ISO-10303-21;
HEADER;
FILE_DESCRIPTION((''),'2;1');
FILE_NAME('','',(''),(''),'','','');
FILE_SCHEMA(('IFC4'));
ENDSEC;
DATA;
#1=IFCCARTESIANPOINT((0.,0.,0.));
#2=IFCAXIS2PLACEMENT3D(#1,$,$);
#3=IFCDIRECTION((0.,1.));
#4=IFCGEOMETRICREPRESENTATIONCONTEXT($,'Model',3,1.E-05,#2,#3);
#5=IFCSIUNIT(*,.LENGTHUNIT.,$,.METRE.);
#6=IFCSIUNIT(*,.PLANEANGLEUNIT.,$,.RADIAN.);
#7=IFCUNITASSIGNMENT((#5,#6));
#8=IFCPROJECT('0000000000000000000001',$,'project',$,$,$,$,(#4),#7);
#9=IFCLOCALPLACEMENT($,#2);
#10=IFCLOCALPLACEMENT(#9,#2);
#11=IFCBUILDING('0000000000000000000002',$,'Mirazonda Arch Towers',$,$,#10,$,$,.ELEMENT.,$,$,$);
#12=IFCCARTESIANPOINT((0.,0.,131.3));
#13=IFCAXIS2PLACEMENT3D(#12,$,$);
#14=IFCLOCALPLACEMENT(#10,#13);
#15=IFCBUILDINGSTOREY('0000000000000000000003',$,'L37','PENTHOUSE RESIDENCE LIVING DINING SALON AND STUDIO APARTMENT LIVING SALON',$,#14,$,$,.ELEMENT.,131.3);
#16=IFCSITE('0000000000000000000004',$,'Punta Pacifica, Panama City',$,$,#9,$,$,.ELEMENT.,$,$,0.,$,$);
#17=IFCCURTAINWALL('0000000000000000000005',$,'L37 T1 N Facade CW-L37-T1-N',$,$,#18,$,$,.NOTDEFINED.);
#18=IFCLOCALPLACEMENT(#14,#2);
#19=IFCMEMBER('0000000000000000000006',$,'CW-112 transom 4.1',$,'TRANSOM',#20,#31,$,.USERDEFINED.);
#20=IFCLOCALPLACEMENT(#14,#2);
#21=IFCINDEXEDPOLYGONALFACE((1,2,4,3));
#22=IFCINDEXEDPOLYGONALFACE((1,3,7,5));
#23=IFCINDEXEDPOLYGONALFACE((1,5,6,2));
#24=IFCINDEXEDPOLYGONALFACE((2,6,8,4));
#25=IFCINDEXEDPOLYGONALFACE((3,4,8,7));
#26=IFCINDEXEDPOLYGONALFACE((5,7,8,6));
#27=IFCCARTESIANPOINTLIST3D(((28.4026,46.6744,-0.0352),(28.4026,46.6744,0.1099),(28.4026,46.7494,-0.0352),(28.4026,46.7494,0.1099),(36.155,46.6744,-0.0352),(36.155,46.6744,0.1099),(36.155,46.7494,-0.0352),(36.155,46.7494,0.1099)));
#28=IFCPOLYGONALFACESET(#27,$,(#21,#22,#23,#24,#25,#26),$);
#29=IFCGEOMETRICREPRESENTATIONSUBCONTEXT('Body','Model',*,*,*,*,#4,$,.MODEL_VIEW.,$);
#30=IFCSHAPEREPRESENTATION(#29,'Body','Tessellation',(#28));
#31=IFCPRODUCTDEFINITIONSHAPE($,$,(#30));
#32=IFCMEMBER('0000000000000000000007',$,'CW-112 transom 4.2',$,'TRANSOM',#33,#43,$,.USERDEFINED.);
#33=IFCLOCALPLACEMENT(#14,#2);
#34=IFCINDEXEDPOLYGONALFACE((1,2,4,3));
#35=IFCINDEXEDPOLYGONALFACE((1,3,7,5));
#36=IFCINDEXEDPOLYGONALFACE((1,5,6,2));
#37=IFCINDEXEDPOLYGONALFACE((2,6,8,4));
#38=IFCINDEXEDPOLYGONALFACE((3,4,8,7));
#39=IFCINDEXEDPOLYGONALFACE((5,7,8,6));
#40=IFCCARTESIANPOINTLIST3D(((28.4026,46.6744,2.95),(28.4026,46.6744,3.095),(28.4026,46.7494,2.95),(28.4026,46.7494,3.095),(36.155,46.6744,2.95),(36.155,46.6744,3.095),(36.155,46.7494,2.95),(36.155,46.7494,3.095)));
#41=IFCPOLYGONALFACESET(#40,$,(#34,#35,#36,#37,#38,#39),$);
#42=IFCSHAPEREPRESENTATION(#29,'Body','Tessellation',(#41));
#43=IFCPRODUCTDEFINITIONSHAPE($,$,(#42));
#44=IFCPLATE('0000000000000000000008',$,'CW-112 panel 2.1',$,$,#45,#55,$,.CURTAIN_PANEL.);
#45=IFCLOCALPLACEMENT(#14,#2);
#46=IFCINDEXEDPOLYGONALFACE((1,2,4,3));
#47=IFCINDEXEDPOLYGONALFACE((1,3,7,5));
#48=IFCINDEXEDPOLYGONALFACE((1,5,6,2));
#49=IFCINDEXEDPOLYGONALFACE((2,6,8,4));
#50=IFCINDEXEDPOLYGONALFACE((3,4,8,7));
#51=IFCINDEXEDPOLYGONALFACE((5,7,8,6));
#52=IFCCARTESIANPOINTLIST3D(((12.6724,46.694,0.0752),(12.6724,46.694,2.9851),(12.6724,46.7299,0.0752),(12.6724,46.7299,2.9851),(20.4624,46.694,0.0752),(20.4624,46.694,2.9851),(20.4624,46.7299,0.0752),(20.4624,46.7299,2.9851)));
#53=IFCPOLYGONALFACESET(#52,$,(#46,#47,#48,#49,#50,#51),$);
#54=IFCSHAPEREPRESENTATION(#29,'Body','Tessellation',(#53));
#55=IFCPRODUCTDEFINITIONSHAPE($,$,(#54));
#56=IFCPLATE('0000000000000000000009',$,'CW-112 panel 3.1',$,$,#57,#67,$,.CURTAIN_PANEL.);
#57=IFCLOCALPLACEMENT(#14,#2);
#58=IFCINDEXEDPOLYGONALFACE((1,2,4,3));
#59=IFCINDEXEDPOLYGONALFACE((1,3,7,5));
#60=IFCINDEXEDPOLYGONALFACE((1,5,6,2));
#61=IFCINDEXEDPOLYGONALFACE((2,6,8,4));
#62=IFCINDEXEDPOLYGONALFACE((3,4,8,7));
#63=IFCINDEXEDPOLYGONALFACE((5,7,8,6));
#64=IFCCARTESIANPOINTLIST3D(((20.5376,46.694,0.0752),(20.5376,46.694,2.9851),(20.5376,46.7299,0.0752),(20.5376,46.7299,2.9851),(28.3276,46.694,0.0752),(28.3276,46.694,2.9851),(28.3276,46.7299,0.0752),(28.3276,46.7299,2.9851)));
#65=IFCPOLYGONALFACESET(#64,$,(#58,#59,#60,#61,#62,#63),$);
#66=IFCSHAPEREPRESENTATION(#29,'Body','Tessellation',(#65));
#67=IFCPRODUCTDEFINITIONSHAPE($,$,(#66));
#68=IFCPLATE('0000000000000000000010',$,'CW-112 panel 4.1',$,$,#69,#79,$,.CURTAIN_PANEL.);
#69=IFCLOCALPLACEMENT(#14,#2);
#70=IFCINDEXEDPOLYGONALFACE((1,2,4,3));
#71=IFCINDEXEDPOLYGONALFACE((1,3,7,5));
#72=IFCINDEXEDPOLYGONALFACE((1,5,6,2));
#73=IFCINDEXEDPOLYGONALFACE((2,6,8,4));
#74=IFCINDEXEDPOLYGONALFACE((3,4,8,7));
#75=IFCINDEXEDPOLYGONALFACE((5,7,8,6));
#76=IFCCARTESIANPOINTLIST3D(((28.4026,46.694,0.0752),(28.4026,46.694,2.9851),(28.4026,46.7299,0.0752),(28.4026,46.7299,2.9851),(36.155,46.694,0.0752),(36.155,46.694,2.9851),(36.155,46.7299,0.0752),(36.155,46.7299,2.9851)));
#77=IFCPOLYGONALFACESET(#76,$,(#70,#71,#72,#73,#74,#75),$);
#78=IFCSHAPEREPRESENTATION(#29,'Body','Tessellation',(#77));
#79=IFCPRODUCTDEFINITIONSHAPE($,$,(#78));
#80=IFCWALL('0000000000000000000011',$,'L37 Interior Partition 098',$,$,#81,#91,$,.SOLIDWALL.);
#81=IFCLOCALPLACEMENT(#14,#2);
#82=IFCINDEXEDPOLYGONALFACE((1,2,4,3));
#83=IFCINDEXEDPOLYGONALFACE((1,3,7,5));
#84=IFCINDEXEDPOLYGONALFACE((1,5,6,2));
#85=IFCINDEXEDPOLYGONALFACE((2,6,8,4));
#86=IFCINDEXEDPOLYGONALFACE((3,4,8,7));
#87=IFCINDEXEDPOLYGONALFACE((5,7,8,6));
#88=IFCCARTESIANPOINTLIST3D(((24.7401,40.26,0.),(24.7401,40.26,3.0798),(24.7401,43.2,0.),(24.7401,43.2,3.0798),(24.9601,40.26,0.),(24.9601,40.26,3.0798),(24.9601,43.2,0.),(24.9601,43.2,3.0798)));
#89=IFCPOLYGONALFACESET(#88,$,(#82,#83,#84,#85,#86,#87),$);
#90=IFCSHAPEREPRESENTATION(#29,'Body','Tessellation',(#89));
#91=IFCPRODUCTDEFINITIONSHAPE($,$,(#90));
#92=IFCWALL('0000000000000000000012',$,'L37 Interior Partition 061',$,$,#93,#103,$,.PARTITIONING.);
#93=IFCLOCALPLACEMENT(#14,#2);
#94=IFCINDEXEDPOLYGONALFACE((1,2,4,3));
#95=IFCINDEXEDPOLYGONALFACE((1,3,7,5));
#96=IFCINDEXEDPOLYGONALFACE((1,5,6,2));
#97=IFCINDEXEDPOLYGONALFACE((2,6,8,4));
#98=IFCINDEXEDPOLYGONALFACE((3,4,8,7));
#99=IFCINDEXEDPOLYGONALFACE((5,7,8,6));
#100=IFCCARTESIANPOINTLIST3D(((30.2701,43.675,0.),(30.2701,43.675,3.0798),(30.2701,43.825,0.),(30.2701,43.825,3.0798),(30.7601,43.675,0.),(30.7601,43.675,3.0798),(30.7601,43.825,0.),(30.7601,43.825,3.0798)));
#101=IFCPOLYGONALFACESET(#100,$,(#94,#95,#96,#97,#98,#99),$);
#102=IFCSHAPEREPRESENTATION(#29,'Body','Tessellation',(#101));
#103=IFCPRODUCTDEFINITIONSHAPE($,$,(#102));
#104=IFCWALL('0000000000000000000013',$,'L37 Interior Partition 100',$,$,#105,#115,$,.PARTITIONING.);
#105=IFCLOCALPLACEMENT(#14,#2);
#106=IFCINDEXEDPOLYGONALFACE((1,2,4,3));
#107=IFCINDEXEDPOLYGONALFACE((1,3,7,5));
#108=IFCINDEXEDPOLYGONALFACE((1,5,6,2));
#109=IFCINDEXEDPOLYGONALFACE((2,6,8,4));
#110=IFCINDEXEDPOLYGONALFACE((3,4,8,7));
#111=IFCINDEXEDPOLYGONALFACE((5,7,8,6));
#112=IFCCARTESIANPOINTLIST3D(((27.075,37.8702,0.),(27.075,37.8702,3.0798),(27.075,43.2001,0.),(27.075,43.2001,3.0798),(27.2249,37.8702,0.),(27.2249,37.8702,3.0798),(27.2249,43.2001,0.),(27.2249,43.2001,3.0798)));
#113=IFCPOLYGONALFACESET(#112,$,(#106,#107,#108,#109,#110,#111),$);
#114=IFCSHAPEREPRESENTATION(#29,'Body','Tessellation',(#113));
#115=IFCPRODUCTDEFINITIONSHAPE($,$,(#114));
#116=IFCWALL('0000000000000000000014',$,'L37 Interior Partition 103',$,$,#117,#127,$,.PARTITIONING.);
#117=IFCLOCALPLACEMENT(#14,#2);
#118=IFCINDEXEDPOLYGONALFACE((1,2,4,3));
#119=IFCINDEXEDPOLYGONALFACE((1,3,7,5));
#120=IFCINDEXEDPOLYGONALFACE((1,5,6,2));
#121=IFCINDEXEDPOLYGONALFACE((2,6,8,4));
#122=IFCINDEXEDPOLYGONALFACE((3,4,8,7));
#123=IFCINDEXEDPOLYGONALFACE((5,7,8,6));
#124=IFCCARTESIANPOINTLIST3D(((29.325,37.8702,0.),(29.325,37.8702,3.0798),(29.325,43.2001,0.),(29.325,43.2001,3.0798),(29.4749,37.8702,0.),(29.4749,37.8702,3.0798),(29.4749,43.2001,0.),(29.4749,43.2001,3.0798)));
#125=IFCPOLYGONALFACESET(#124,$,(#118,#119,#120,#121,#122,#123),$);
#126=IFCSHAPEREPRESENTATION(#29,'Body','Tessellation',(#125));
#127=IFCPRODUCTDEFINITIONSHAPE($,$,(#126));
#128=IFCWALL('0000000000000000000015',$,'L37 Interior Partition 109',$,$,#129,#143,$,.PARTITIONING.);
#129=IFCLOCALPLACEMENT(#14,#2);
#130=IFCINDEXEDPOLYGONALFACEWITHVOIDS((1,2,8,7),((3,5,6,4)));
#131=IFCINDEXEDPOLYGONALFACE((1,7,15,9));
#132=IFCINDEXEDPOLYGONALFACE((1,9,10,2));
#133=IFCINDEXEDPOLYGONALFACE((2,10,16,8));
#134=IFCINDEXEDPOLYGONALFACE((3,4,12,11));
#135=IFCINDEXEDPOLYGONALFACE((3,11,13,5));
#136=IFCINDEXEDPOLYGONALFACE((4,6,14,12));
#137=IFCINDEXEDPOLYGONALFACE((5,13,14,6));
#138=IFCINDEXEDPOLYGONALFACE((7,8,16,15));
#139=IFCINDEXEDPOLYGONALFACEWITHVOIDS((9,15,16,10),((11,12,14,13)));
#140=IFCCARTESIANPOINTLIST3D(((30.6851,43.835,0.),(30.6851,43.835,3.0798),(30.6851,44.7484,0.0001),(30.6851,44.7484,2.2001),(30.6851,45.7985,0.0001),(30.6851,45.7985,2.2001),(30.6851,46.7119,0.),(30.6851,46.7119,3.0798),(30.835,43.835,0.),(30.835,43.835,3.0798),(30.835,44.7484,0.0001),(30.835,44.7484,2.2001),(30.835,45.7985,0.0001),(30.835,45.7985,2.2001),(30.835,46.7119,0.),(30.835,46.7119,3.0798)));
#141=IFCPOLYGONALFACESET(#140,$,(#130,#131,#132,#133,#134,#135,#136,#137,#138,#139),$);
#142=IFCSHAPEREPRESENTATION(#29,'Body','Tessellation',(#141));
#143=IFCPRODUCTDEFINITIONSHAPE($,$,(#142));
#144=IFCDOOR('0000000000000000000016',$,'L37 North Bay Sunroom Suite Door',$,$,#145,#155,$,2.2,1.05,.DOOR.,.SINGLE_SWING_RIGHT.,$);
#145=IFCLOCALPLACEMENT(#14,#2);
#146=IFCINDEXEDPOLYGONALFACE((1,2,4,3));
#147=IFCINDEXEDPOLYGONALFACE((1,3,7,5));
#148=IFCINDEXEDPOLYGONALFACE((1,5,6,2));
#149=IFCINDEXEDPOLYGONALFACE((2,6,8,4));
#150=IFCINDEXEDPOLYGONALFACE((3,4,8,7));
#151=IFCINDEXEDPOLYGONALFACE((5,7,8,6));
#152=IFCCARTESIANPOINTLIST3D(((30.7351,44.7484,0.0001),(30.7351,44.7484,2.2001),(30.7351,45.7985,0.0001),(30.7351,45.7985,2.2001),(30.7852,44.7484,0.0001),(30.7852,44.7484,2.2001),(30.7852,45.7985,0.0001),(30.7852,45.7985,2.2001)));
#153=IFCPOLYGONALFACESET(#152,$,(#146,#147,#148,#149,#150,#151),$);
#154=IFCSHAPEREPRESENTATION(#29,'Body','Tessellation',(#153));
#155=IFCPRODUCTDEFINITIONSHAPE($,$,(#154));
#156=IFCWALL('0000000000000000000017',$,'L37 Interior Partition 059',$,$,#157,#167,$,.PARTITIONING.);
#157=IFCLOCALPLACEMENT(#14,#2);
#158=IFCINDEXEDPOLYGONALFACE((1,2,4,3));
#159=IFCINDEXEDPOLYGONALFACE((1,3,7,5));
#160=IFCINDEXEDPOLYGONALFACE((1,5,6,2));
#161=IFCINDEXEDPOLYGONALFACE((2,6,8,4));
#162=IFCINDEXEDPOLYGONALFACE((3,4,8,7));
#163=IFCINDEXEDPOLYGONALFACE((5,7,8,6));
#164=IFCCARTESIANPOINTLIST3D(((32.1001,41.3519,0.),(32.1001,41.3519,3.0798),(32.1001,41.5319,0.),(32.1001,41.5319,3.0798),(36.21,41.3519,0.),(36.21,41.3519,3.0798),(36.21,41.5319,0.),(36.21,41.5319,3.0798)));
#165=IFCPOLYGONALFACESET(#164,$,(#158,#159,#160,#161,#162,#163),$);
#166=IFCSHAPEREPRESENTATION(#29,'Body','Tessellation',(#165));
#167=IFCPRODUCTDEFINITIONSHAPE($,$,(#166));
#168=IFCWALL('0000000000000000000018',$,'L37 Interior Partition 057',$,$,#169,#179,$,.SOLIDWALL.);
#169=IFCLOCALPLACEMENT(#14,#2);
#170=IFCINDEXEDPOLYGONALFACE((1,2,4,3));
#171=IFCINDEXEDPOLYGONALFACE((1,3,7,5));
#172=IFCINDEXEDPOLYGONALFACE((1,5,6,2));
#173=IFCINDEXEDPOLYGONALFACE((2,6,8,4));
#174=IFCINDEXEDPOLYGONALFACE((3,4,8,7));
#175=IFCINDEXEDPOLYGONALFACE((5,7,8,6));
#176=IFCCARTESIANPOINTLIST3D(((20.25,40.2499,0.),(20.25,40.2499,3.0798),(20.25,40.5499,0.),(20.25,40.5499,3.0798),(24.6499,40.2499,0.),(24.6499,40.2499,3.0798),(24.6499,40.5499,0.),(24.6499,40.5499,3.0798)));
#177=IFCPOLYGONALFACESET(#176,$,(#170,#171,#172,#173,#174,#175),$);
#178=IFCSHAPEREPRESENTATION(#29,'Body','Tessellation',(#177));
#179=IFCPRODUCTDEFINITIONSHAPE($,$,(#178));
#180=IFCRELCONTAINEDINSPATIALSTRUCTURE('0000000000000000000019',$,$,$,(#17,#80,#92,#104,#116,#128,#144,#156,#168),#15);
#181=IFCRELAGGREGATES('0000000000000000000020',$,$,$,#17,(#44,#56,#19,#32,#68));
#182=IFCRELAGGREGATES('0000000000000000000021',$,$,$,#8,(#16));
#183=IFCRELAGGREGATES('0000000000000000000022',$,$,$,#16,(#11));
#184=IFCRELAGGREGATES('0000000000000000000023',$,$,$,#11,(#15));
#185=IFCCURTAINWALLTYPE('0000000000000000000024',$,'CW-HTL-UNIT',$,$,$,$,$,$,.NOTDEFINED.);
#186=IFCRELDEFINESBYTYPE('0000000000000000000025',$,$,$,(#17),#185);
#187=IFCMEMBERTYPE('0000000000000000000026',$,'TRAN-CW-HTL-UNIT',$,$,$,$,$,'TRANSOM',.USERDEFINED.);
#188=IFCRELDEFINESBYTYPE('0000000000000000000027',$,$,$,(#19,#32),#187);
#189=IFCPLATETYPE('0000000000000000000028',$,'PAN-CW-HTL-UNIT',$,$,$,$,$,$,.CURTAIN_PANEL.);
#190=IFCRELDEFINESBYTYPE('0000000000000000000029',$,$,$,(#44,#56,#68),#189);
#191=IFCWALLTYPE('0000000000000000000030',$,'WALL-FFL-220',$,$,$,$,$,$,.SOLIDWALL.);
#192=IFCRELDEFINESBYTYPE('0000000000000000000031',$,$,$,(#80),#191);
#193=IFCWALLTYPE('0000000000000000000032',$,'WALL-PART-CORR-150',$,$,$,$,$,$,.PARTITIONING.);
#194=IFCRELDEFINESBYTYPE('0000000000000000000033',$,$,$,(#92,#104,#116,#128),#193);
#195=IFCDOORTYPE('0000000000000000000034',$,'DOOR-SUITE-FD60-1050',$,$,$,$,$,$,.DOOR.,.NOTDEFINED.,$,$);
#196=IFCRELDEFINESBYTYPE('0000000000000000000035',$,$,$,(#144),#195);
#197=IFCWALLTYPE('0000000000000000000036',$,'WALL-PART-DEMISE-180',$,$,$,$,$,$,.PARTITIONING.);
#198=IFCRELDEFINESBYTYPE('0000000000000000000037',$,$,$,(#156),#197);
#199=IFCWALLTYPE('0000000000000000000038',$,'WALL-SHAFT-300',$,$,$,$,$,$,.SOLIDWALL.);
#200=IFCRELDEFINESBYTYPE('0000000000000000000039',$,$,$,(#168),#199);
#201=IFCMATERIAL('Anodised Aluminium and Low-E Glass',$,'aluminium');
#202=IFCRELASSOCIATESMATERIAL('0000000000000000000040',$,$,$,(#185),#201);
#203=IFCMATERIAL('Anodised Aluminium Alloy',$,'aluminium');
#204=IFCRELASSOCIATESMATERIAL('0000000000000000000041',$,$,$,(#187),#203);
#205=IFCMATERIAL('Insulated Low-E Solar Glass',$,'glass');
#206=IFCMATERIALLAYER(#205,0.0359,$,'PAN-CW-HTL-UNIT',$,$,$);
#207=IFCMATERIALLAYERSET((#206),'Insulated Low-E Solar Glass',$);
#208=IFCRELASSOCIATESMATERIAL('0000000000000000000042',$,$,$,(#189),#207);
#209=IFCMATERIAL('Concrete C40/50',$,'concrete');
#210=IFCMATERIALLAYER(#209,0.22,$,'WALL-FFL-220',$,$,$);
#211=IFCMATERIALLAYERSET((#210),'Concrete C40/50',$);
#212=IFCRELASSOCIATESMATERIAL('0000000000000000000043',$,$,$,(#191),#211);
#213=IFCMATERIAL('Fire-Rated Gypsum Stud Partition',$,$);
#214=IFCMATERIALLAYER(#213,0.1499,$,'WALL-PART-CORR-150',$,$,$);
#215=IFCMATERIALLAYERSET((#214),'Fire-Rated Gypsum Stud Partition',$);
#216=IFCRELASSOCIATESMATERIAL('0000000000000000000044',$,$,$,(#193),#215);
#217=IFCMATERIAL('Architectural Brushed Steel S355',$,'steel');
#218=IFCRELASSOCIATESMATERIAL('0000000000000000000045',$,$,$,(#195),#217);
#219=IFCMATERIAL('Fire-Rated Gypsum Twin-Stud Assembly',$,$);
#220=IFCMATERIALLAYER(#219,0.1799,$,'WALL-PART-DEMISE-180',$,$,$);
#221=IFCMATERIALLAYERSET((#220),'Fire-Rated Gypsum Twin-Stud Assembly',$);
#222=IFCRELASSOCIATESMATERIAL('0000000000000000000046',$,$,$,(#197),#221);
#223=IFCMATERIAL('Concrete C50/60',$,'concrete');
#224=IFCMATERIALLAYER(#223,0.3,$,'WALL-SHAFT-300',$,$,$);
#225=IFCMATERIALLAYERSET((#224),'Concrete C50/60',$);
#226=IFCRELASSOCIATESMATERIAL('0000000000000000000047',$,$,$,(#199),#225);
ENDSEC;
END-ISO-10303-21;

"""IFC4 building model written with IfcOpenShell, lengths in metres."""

from ifc_helpers import new_model, si_unit, direction, frame, frame_2d, origin, origin_2d, place, context, subcontext, project, spatial, rectangle, extrude, material, layer, layer_set, material_profile, profile_set, type_object, element, fill, aggregate, save


model = new_model("IFC4")

# Units and contexts
model_context = context("Model", 3, precision=1e-05, world=origin(), true_north=direction((0.0, 1.0)))
body_context = subcontext(model_context, "Body", "Model", "MODEL_VIEW")
ifc_project = project(units=[si_unit("LENGTHUNIT", "METRE"), si_unit("PLANEANGLEUNIT", "RADIAN")], contexts=[model_context])

# Site, building, storey
site_placement = place(None, origin())
site = spatial("IfcSite", under=ifc_project, at=site_placement, Name="Punta Pacifica, Panama City", CompositionType="ELEMENT", RefElevation=0.0)
building_placement = place(site_placement, origin())
building = spatial("IfcBuilding", under=site, at=building_placement, Name="Mirazonda Arch Towers", CompositionType="ELEMENT")
storey_placement = place(building_placement, frame((0.0, 0.0, 131.3)))
storey = spatial("IfcBuildingStorey", under=building, at=storey_placement, Name="L37", Description="PENTHOUSE RESIDENCE LIVING DINING SALON AND STUDIO APARTMENT LIVING SALON", CompositionType="ELEMENT", Elevation=131.3)

# Shared definitions
ifc_material_1 = material(Name="Concrete C50/60", Category="concrete")

# Curtain wall, members, plates
ifc_material_2 = material(Name="Anodised Aluminium and Low-E Glass", Category="aluminium")
curtain_wall_type = type_object("IfcCurtainWallType", Name="CW-HTL-UNIT", PredefinedType="NOTDEFINED", material=ifc_material_2)
curtain_wall_placement = place(storey_placement, origin())
curtain_wall = element("IfcCurtainWall", 1, at=curtain_wall_placement, inside=storey, type_object=curtain_wall_type, Name="L37 T1 N Facade CW-L37-T1-N", PredefinedType="NOTDEFINED")
ifc_material_3 = material(Name="Anodised Aluminium Alloy", Category="aluminium")
ifc_material_profile_1 = material_profile(ifc_material_3, rectangle(XDim=0.075, YDim=0.145, at=origin_2d()), Name="ALU-TRAN-75x145")
ifc_profile_set_1 = profile_set([ifc_material_profile_1], Name="Anodised Aluminium Alloy")
member_type_1 = type_object("IfcMemberType", Name="TRAN-CW-HTL-UNIT", ElementType="TRANSOM", PredefinedType="USERDEFINED", material=ifc_profile_set_1)
member_1_placement = place(storey_placement, frame((28.4026, 46.7119, 0.0374), z_axis=(1.0, 0.0, 0.0), x_axis=(0.0, 1.0, 0.0)))
member_1 = element("IfcMember", 2, at=member_1_placement, type_object=member_type_1, Name="CW-112 transom 4.1", ObjectType="TRANSOM", PredefinedType="USERDEFINED", context=body_context, shape_type="SweptSolid", body=[
    extrude(rectangle(XDim=0.075, YDim=0.145, at=origin_2d()), origin(), (0.0, 0.0, 1.0), 7.7524),
])
member_2_placement = place(storey_placement, frame((28.4026, 46.7119, 3.0225), z_axis=(1.0, 0.0, 0.0), x_axis=(0.0, 1.0, 0.0)))
member_2 = element("IfcMember", 3, at=member_2_placement, type_object=member_type_1, Name="CW-112 transom 4.2", ObjectType="TRANSOM", PredefinedType="USERDEFINED", context=body_context, shape_type="SweptSolid", body=[
    extrude(rectangle(XDim=0.075, YDim=0.145, at=origin_2d()), origin(), (0.0, 0.0, 1.0), 7.7524),
])
ifc_material_4 = material(Name="Insulated Low-E Solar Glass", Category="glass")
ifc_layer_1 = layer(ifc_material_4, 0.0359, Name="PAN-CW-HTL-UNIT")
ifc_layer_set_1 = layer_set([ifc_layer_1], Name="Insulated Low-E Solar Glass")
plate_type = type_object("IfcPlateType", Name="PAN-CW-HTL-UNIT", PredefinedType="CURTAIN_PANEL", material=ifc_layer_set_1)
plate_1_placement = place(storey_placement, frame((16.5674, 46.7119, 0.0752), z_axis=(0.0, 0.0, 1.0), x_axis=(1.0, 0.0, 0.0)))
plate_1 = element("IfcPlate", 4, at=plate_1_placement, type_object=plate_type, Name="CW-112 panel 2.1", PredefinedType="CURTAIN_PANEL", context=body_context, shape_type="SweptSolid", body=[
    extrude(rectangle(XDim=7.79, YDim=0.0359, at=origin_2d()), origin(), (0.0, 0.0, 1.0), 2.9099),
])
plate_2_placement = place(storey_placement, frame((24.4326, 46.7119, 0.0752), z_axis=(0.0, 0.0, 1.0), x_axis=(1.0, 0.0, 0.0)))
plate_2 = element("IfcPlate", 5, at=plate_2_placement, type_object=plate_type, Name="CW-112 panel 3.1", PredefinedType="CURTAIN_PANEL", context=body_context, shape_type="SweptSolid", body=[
    extrude(rectangle(XDim=7.79, YDim=0.0359, at=origin_2d()), origin(), (0.0, 0.0, 1.0), 2.9099),
])
plate_3_placement = place(storey_placement, frame((32.2788, 46.7119, 0.0752), z_axis=(0.0, 0.0, 1.0), x_axis=(1.0, 0.0, 0.0)))
plate_3 = element("IfcPlate", 6, at=plate_3_placement, type_object=plate_type, Name="CW-112 panel 4.1", PredefinedType="CURTAIN_PANEL", context=body_context, shape_type="SweptSolid", body=[
    extrude(rectangle(XDim=7.7524, YDim=0.0359, at=origin_2d()), origin(), (0.0, 0.0, 1.0), 2.9099),
])
aggregate(curtain_wall, [plate_1, plate_2, member_1, member_2, plate_3])

# Walls
ifc_material_5 = material(Name="Concrete C40/50", Category="concrete")
ifc_layer_2 = layer(ifc_material_5, 0.22, Name="WALL-FFL-220")
ifc_layer_set_2 = layer_set([ifc_layer_2], Name="Concrete C40/50")
wall_type_1 = type_object("IfcWallType", Name="WALL-FFL-220", PredefinedType="SOLIDWALL", material=ifc_layer_set_2)
wall_1_placement = place(storey_placement, frame((24.8501, 40.26, 0.0), z_axis=(0.0, 0.0, 1.0), x_axis=(0.0, 1.0, 0.0)))
element("IfcWall", 7, at=wall_1_placement, inside=storey, type_object=wall_type_1, Name="L37 Interior Partition 098", PredefinedType="SOLIDWALL", context=body_context, shape_type="SweptSolid", body=[
    extrude(rectangle(XDim=2.9399, YDim=0.22, at=frame_2d((1.47, 0.0))), origin(), (0.0, 0.0, 1.0), 3.0798),
])
ifc_material_6 = material(Name="Fire-Rated Gypsum Stud Partition")
ifc_layer_3 = layer(ifc_material_6, 0.1499, Name="WALL-PART-CORR-150")
ifc_layer_set_3 = layer_set([ifc_layer_3], Name="Fire-Rated Gypsum Stud Partition")
wall_type_2 = type_object("IfcWallType", Name="WALL-PART-CORR-150", PredefinedType="PARTITIONING", material=ifc_layer_set_3)
wall_2_placement = place(storey_placement, frame((30.27, 43.75, 0.0), z_axis=(0.0, 0.0, 1.0), x_axis=(1.0, 0.0, 0.0)))
element("IfcWall", 8, at=wall_2_placement, inside=storey, type_object=wall_type_2, Name="L37 Interior Partition 061", PredefinedType="PARTITIONING", context=body_context, shape_type="SweptSolid", body=[
    extrude(rectangle(XDim=0.49, YDim=0.1499, at=frame_2d((0.2451, 0.0))), origin(), (0.0, 0.0, 1.0), 3.0798),
])
for number, where, z_axis, x_axis, name in (
    (9, (27.1499, 37.8701, 0.0), (0.0, 0.0, 1.0), (0.0, 1.0, 0.0), "L37 Interior Partition 100"),
    (10, (29.3999, 37.8701, 0.0), (0.0, 0.0, 1.0), (0.0, 1.0, 0.0), "L37 Interior Partition 103"),
):
    element("IfcWall", number, at=place(storey_placement, frame(where, z_axis=z_axis, x_axis=x_axis)), inside=storey, type_object=wall_type_2, Name=name, PredefinedType="PARTITIONING", context=body_context, shape_type="SweptSolid", body=[
        extrude(rectangle(XDim=5.3298, YDim=0.1499, at=frame_2d((2.665, 0.0))), origin(), (0.0, 0.0, 1.0), 3.0798),
    ])

# Wall, opening, door
wall_3_placement = place(storey_placement, frame((30.76, 43.835, 0.0), z_axis=(0.0, 0.0, 1.0), x_axis=(0.0, 1.0, 0.0)))
wall_3 = element("IfcWall", 11, at=wall_3_placement, inside=storey, type_object=wall_type_2, Name="L37 Interior Partition 109", PredefinedType="PARTITIONING", context=body_context, shape_type="SweptSolid", body=[
    extrude(rectangle(XDim=2.877, YDim=0.1499, at=frame_2d((1.4385, 0.0))), origin(), (0.0, 0.0, 1.0), 3.0798),
])
opening_1_placement = place(wall_3_placement, frame((0.9136, 0.0, 0.0)))
opening_1 = element("IfcOpeningElement", 12, at=opening_1_placement, cuts=wall_3, PredefinedType="OPENING", context=body_context, shape_type="SweptSolid", body=[
    extrude(rectangle(XDim=1.05, YDim=2.2, at=frame_2d((0.5249, 1.1001))), frame((0.0, 0.085, 0.0), z_axis=(0.0, -1.0, 0.0), x_axis=(1.0, 0.0, 0.0)), (0.0, 0.0, 1.0), 0.1699),
])
ifc_material_7 = material(Name="Architectural Brushed Steel S355", Category="steel")
door_type_1 = type_object("IfcDoorType", Name="DOOR-SUITE-FD60-1050", OperationType="NOTDEFINED", PredefinedType="DOOR", material=ifc_material_7)
door_1_placement = place(opening_1_placement, origin())
door_1 = element("IfcDoor", 13, at=door_1_placement, inside=storey, type_object=door_type_1, Name="L37 North Bay Sunroom Suite Door", OperationType="SINGLE_SWING_RIGHT", OverallHeight=2.2, OverallWidth=1.05, PredefinedType="DOOR", context=body_context, shape_type="SweptSolid", body=[
    extrude(rectangle(XDim=1.05, YDim=2.2, at=frame_2d((0.5249, 1.1001))), frame((0.0, 0.0249, 0.0), z_axis=(0.0, -1.0, 0.0), x_axis=(1.0, 0.0, 0.0)), (0.0, 0.0, 1.0), 0.05),
])
fill(opening_1, door_1)

# Wall
ifc_material_8 = material(Name="Fire-Rated Gypsum Twin-Stud Assembly")
ifc_layer_4 = layer(ifc_material_8, 0.1799, Name="WALL-PART-DEMISE-180")
ifc_layer_set_4 = layer_set([ifc_layer_4], Name="Fire-Rated Gypsum Twin-Stud Assembly")
wall_type_3 = type_object("IfcWallType", Name="WALL-PART-DEMISE-180", PredefinedType="PARTITIONING", material=ifc_layer_set_4)
wall_4_placement = place(storey_placement, frame((32.1001, 41.4419, 0.0), z_axis=(0.0, 0.0, 1.0), x_axis=(1.0, 0.0, 0.0)))
element("IfcWall", 14, at=wall_4_placement, inside=storey, type_object=wall_type_3, Name="L37 Interior Partition 059", PredefinedType="PARTITIONING", context=body_context, shape_type="SweptSolid", body=[
    extrude(rectangle(XDim=4.1099, YDim=0.1799, at=frame_2d((2.0549, 0.0))), origin(), (0.0, 0.0, 1.0), 3.0798),
])

# Wall
ifc_layer_5 = layer(ifc_material_1, 0.3, Name="WALL-SHAFT-300")
ifc_layer_set_5 = layer_set([ifc_layer_5], Name="Concrete C50/60")
wall_type_4 = type_object("IfcWallType", Name="WALL-SHAFT-300", PredefinedType="SOLIDWALL", material=ifc_layer_set_5)
wall_5_placement = place(storey_placement, frame((20.25, 40.3999, 0.0), z_axis=(0.0, 0.0, 1.0), x_axis=(1.0, 0.0, 0.0)))
element("IfcWall", 15, at=wall_5_placement, inside=storey, type_object=wall_type_4, Name="L37 Interior Partition 057", PredefinedType="SOLIDWALL", context=body_context, shape_type="SweptSolid", body=[
    extrude(rectangle(XDim=4.3999, YDim=0.3, at=frame_2d((2.2, 0.0))), origin(), (0.0, 0.0, 1.0), 3.0798),
])

save(model, "model.ifc")
